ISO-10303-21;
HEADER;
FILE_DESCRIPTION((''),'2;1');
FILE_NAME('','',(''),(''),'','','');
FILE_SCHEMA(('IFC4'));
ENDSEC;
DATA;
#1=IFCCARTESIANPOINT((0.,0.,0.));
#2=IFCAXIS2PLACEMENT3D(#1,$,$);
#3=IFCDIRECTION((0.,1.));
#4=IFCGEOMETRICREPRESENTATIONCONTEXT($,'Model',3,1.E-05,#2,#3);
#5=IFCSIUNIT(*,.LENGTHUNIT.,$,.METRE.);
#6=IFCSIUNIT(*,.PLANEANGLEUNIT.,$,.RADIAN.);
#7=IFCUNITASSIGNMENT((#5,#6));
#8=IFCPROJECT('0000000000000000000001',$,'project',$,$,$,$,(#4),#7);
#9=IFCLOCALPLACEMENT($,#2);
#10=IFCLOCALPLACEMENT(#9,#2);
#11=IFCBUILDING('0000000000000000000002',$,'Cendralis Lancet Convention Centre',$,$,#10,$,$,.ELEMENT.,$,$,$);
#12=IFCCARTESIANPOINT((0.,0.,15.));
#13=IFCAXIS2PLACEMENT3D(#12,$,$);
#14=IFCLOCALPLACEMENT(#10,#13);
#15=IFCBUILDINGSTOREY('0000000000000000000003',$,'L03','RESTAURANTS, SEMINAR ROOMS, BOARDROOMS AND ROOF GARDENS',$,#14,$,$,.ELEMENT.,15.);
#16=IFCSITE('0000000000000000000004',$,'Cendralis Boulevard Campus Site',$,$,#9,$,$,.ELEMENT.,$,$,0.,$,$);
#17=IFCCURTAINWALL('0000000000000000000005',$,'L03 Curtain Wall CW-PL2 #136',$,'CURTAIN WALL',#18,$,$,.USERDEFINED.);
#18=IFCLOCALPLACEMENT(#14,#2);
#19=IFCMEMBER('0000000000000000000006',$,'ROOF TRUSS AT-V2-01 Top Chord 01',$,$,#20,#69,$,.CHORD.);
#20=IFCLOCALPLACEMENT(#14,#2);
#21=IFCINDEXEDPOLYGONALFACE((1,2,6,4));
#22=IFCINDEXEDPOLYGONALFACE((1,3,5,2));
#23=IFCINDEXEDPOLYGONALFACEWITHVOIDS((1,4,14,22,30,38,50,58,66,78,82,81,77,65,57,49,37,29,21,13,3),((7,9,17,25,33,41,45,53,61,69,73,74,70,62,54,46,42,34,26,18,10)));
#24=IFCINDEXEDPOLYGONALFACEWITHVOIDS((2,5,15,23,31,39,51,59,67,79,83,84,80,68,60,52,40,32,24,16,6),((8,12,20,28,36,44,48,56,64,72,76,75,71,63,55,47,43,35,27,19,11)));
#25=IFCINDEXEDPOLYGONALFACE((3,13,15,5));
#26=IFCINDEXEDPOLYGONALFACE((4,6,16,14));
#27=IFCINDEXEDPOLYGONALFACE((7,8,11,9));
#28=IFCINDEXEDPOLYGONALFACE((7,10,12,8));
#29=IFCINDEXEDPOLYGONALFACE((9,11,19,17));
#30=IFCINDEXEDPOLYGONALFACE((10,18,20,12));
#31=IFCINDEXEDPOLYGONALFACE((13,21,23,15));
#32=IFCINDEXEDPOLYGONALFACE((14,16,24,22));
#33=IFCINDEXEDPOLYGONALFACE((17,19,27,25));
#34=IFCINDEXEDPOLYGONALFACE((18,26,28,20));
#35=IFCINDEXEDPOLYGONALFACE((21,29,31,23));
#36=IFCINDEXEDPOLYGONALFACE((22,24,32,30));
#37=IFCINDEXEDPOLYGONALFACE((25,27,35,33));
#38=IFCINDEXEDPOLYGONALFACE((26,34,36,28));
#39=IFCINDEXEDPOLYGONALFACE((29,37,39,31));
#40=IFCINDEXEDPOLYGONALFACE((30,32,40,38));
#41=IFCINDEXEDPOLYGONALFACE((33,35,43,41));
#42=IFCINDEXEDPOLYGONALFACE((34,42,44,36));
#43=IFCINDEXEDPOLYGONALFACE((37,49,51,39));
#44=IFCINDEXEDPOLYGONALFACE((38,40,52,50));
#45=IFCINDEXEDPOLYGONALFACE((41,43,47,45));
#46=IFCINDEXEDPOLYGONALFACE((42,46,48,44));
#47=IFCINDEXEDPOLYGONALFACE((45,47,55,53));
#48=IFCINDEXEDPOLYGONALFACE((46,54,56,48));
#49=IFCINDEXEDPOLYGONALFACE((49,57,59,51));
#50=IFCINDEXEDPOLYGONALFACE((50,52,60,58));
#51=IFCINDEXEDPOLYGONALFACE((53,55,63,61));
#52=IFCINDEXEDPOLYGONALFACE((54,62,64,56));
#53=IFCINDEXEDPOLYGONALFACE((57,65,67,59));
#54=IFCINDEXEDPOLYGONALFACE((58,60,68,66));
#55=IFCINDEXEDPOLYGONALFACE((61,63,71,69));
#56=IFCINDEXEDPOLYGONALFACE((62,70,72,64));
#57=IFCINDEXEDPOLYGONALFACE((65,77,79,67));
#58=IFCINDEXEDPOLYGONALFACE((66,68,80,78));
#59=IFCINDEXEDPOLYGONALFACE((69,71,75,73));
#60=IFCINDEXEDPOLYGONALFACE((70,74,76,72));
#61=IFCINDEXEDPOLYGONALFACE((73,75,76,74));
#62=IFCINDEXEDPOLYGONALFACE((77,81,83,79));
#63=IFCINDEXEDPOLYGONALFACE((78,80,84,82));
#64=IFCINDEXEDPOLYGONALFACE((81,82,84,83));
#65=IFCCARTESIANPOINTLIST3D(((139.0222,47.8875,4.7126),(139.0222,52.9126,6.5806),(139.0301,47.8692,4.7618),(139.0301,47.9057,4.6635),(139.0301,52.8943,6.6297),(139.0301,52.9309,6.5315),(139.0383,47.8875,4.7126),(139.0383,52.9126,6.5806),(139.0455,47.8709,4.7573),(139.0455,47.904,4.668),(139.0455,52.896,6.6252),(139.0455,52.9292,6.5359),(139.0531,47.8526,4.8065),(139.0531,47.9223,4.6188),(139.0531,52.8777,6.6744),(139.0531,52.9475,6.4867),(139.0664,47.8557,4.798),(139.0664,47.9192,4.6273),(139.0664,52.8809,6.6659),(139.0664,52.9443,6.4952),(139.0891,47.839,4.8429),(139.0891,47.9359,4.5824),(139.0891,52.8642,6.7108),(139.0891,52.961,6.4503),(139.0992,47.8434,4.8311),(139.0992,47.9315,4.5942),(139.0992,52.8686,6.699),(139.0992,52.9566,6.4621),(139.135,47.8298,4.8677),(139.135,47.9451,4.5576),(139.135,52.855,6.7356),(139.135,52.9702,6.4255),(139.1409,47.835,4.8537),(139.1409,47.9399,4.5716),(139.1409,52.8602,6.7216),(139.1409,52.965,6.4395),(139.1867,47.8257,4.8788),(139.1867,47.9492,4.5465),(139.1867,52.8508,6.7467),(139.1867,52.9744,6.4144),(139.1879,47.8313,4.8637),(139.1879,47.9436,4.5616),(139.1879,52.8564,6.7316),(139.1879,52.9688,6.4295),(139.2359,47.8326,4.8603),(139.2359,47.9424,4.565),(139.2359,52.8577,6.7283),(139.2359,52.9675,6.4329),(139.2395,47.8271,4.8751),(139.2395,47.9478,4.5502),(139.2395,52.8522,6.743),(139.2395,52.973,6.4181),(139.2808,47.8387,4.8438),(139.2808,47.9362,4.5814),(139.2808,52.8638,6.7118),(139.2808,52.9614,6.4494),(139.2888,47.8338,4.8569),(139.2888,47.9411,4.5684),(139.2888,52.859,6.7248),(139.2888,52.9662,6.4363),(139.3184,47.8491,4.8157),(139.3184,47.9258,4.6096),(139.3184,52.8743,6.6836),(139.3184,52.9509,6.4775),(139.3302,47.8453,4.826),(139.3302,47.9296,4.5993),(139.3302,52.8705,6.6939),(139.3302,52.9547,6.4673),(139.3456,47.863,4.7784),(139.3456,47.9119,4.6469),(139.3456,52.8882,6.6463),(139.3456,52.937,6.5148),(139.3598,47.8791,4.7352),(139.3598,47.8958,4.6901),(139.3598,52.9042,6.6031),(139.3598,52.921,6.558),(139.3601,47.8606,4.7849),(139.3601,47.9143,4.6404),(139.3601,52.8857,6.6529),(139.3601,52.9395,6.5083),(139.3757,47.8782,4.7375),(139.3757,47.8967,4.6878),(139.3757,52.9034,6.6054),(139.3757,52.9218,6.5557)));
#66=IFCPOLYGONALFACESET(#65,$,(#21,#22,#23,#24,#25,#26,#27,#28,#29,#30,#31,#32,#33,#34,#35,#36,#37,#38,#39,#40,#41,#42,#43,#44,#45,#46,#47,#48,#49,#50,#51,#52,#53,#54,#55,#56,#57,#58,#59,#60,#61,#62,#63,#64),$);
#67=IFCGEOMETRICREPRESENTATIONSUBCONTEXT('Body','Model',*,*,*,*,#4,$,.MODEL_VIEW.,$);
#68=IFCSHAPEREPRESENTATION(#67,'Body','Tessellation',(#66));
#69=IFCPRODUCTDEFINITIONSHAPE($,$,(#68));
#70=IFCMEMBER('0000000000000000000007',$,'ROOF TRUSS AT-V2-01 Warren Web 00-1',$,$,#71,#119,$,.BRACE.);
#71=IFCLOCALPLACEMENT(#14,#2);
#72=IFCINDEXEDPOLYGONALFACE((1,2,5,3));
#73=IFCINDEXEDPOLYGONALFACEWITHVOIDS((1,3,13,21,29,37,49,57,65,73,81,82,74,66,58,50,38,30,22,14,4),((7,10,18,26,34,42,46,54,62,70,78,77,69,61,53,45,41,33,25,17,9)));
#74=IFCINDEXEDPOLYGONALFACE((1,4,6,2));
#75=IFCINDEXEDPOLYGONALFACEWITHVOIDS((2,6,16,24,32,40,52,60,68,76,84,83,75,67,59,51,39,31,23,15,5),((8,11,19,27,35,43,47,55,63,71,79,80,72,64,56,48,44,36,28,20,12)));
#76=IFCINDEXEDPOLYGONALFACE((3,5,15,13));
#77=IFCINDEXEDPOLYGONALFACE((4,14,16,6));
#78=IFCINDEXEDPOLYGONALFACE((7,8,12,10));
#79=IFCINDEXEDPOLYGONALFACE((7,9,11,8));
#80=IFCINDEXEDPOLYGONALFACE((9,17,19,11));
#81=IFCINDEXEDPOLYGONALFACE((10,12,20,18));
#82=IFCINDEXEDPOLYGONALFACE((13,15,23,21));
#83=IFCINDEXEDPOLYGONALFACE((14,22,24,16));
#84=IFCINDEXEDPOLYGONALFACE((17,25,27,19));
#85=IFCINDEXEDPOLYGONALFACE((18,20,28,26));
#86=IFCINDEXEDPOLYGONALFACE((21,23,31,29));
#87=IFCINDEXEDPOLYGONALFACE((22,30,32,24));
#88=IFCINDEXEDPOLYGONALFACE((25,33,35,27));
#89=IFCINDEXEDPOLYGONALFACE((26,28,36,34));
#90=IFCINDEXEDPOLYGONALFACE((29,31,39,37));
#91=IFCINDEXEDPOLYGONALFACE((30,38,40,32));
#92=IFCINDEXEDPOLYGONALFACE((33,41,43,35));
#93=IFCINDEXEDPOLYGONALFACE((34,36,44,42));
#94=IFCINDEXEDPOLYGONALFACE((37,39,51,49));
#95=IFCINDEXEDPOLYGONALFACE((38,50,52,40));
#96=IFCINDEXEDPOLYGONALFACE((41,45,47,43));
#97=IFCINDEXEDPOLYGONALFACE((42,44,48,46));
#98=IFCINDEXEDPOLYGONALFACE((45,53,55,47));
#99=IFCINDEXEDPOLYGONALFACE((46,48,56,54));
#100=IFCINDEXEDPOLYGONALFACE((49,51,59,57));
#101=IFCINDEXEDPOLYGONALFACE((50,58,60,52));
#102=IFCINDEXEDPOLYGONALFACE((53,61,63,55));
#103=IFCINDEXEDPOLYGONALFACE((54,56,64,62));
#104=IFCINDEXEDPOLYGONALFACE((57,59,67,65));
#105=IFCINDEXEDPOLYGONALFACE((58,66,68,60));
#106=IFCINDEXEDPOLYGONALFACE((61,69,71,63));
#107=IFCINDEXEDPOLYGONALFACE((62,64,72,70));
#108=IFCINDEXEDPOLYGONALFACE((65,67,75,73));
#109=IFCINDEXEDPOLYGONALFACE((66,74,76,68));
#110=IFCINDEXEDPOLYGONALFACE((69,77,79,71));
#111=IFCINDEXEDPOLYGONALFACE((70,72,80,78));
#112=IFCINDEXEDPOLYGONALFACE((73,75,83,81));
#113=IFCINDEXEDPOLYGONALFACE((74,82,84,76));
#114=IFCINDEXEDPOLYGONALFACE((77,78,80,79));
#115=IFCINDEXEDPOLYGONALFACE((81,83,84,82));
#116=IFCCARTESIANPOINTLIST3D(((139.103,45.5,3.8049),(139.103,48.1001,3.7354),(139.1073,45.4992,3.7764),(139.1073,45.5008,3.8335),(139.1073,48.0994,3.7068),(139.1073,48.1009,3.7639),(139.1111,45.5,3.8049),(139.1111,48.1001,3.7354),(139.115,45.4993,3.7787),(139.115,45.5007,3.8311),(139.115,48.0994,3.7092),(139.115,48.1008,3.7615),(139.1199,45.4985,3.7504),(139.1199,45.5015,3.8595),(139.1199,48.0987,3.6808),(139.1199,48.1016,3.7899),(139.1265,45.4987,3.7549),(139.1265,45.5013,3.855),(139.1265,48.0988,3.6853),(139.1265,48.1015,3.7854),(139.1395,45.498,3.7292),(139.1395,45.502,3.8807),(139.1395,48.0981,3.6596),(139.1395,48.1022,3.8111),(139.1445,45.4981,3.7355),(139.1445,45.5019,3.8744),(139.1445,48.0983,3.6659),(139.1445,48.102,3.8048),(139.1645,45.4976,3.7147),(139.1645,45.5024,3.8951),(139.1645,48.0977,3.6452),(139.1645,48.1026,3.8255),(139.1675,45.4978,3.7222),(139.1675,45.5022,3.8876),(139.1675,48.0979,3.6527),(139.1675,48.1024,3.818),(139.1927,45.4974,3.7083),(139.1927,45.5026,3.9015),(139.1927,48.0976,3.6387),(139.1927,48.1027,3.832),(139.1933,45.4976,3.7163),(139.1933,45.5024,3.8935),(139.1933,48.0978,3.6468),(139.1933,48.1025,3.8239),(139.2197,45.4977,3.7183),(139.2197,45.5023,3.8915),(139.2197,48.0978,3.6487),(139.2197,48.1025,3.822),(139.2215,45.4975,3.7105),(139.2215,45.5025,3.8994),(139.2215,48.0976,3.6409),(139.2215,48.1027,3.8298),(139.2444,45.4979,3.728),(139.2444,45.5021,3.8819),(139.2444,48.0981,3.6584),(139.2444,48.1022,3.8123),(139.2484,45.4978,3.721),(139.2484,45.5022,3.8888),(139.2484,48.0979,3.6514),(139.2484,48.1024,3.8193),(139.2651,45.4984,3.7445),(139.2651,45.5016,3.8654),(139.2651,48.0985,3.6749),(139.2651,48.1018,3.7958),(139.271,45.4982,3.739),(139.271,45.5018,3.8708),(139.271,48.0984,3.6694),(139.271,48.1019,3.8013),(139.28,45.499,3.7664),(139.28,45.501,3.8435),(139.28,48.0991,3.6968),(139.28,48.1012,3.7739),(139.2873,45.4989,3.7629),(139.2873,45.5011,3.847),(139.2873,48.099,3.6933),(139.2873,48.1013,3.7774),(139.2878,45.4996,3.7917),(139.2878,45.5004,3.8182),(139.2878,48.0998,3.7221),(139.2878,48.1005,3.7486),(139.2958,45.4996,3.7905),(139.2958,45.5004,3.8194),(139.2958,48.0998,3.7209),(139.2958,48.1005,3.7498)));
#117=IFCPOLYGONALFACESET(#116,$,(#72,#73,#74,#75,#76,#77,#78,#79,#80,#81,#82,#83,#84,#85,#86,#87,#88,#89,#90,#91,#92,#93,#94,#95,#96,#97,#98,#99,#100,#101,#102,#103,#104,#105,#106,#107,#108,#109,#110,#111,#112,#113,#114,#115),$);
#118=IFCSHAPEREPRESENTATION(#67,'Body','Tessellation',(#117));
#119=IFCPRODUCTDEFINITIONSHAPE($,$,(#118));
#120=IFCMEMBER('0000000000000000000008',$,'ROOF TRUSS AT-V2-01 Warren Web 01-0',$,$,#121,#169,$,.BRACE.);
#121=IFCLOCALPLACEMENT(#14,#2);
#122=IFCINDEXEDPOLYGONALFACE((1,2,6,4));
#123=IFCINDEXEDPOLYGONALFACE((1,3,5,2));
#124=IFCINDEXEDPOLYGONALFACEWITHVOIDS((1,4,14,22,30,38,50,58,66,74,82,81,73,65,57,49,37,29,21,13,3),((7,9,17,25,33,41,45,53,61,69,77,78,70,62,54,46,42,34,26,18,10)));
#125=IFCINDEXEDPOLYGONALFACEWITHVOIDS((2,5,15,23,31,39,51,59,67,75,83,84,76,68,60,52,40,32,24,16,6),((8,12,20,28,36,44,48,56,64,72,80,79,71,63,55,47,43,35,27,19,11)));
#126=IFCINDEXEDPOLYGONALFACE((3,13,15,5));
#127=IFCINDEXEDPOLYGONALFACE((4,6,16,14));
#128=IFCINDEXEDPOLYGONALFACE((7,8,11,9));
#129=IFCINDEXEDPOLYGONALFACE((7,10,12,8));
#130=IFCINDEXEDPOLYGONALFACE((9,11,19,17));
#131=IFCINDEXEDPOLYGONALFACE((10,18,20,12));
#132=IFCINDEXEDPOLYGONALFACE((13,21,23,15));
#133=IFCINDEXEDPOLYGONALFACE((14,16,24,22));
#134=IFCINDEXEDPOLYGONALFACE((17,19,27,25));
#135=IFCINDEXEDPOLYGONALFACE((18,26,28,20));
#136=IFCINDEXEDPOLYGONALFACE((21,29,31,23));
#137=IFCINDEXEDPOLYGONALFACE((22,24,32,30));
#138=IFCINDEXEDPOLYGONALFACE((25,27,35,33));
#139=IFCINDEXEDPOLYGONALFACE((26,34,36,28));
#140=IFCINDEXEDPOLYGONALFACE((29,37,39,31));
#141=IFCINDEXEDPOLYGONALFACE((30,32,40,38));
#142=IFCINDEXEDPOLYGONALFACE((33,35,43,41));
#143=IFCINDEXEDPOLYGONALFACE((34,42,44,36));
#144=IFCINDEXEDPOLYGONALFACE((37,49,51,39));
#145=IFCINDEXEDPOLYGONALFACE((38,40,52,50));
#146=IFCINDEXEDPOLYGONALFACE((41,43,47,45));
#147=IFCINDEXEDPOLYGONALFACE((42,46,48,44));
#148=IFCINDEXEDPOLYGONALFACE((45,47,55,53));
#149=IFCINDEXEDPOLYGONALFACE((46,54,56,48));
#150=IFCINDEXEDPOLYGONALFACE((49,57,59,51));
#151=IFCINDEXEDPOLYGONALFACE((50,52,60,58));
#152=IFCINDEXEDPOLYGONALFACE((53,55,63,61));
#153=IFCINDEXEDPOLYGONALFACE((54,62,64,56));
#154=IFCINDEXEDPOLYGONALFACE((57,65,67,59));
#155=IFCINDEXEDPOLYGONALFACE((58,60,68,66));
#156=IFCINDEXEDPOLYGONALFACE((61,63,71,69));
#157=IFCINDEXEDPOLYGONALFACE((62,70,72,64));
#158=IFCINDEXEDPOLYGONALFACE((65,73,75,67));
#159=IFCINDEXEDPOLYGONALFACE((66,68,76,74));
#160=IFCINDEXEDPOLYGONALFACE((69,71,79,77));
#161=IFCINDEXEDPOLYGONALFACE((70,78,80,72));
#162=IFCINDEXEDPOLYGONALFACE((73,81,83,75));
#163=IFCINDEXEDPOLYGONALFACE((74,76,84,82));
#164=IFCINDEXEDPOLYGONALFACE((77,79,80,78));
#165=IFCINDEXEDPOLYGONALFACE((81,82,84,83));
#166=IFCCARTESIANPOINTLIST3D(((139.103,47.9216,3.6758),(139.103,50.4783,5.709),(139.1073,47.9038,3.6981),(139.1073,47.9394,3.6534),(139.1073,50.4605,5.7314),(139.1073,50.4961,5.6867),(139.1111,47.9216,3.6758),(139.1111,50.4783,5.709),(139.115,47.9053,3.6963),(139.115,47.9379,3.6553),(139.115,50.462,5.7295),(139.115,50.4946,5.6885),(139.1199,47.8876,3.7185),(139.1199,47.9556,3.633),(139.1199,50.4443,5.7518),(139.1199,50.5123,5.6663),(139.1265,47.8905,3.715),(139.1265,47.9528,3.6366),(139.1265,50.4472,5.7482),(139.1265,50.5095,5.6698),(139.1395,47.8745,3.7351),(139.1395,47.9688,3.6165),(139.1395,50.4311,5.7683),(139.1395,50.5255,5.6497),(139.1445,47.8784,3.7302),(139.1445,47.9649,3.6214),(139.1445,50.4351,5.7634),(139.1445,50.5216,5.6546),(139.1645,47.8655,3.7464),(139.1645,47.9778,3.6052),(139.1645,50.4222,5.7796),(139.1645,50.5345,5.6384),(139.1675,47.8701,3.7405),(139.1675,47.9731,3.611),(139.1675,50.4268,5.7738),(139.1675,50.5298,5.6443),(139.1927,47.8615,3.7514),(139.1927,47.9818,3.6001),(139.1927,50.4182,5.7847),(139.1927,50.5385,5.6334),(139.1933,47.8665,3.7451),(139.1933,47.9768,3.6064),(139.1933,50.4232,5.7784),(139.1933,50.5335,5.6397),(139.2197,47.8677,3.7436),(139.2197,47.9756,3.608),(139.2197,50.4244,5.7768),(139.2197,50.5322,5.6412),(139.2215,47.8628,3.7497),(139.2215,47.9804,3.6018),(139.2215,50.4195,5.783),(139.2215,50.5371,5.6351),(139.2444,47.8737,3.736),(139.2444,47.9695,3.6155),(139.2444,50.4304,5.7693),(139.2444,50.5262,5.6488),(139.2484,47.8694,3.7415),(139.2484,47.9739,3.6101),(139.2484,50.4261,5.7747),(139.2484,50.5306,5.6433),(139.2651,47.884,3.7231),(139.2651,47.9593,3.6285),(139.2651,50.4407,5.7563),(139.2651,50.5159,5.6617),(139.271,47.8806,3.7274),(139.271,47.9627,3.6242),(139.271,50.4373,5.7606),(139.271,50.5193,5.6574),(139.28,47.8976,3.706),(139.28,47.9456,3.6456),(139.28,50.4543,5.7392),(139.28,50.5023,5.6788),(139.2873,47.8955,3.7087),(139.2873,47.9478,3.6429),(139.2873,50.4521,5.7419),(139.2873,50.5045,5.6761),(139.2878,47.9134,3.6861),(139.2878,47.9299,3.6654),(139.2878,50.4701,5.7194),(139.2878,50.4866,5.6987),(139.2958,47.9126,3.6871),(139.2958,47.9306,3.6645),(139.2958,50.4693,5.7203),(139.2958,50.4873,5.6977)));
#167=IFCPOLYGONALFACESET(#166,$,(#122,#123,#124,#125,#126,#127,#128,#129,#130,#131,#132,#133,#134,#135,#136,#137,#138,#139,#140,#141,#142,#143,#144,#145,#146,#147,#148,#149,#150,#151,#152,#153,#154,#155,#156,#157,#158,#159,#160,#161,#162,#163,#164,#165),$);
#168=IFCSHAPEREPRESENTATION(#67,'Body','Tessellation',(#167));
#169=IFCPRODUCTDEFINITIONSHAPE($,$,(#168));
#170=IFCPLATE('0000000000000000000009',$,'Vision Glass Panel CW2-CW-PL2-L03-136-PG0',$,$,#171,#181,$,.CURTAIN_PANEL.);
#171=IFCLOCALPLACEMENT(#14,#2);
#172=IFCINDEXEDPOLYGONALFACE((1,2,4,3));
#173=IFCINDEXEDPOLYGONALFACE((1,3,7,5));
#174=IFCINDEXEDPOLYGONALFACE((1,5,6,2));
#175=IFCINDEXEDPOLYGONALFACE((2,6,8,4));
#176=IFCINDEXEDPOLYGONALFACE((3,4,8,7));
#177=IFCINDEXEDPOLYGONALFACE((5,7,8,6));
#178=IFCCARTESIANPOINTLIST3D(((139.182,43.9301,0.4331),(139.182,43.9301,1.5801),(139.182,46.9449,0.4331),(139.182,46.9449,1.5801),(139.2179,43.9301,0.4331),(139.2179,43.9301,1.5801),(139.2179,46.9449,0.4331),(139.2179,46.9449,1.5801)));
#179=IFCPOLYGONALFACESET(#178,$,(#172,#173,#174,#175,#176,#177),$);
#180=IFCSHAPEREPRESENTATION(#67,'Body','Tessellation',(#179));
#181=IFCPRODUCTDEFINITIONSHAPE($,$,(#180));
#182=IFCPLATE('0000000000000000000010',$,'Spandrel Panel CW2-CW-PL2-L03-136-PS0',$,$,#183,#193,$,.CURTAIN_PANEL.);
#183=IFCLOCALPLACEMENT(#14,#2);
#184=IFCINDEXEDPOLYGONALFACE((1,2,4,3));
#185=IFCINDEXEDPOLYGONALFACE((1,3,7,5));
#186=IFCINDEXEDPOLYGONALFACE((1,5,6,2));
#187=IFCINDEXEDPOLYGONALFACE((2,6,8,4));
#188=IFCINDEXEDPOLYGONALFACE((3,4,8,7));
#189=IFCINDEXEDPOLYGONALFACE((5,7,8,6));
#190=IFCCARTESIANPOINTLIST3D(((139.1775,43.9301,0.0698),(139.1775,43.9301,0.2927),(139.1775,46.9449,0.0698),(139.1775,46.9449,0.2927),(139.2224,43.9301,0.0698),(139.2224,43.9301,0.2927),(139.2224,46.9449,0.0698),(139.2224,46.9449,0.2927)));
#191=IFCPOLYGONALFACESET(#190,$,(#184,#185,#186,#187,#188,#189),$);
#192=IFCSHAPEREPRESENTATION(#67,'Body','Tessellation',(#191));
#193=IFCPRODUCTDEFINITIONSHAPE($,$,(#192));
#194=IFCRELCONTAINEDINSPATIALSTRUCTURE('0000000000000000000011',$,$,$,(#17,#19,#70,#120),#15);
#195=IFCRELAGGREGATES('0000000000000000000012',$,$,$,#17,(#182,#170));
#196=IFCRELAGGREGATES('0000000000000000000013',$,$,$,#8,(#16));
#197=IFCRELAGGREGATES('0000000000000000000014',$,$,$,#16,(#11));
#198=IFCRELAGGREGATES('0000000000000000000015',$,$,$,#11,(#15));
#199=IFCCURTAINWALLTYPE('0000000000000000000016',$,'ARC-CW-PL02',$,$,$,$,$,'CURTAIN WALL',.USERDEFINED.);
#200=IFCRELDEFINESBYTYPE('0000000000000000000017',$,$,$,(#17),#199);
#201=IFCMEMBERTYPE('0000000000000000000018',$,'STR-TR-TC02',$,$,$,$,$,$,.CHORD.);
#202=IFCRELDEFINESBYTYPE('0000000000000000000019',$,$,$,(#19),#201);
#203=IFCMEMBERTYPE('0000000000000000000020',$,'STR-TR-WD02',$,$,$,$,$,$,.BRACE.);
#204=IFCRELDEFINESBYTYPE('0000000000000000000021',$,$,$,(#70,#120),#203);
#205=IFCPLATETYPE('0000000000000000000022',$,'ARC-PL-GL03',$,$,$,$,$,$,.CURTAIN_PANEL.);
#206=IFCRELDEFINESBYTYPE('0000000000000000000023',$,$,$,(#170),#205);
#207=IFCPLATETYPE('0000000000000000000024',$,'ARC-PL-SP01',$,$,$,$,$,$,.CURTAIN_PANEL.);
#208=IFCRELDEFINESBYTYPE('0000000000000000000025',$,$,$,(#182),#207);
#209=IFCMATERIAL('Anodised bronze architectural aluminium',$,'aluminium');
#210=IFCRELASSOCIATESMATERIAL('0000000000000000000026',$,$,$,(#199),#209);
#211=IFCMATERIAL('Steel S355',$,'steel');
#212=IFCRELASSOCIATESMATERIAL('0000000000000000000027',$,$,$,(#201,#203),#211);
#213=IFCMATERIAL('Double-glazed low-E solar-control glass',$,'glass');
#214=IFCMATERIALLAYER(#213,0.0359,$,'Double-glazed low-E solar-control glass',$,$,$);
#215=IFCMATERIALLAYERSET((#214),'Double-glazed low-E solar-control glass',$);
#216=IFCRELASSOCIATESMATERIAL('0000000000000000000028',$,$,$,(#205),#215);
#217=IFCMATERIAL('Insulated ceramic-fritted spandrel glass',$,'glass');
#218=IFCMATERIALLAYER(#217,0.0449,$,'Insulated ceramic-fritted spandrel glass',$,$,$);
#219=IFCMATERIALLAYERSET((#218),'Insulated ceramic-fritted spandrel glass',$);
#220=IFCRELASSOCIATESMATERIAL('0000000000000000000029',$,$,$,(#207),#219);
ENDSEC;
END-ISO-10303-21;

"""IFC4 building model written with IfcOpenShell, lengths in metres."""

from ifc_helpers import new_model, si_unit, direction, frame, origin, origin_2d, place, context, subcontext, project, spatial, rectangle, hollow_circle, extrude, material, layer, layer_set, material_profile, profile_set, type_object, element, aggregate, save


model = new_model("IFC4")

# Units and contexts
model_context = context("Model", 3, precision=1e-05, world=origin(), true_north=direction((0.0, 1.0)))
body_context = subcontext(model_context, "Body", "Model", "MODEL_VIEW")
ifc_project = project(units=[si_unit("LENGTHUNIT", "METRE"), si_unit("PLANEANGLEUNIT", "RADIAN")], contexts=[model_context])

# Site, building, storey
site_placement = place(None, origin())
site = spatial("IfcSite", under=ifc_project, at=site_placement, Name="Cendralis Boulevard Campus Site", CompositionType="ELEMENT", RefElevation=0.0)
building_placement = place(site_placement, origin())
building = spatial("IfcBuilding", under=site, at=building_placement, Name="Cendralis Lancet Convention Centre", CompositionType="ELEMENT")
storey_placement = place(building_placement, frame((0.0, 0.0, 15.0)))
storey = spatial("IfcBuildingStorey", under=building, at=storey_placement, Name="L03", Description="RESTAURANTS, SEMINAR ROOMS, BOARDROOMS AND ROOF GARDENS", CompositionType="ELEMENT", Elevation=15.0)

# Curtain wall
ifc_material_1 = material(Name="Anodised bronze architectural aluminium", Category="aluminium")
curtain_wall_type = type_object("IfcCurtainWallType", Name="ARC-CW-PL02", ElementType="CURTAIN WALL", PredefinedType="USERDEFINED", material=ifc_material_1)
curtain_wall_placement = place(storey_placement, origin())
curtain_wall = element("IfcCurtainWall", 1, at=curtain_wall_placement, inside=storey, type_object=curtain_wall_type, Name="L03 Curtain Wall CW-PL2 #136", ObjectType="CURTAIN WALL", PredefinedType="USERDEFINED")

# Shared definitions
ifc_material_2 = material(Name="Steel S355", Category="steel")

# Members
ifc_material_profile_1 = material_profile(ifc_material_2, hollow_circle(Radius=0.1777, WallThickness=0.0161, at=origin_2d()), Name="CHS 355.6x16.0")
ifc_profile_set_1 = profile_set([ifc_material_profile_1], Name="Steel S355")
member_type_1 = type_object("IfcMemberType", Name="STR-TR-TC02", PredefinedType="CHORD", material=ifc_profile_set_1)
member_1_placement = place(storey_placement, frame((139.2, 47.8875, 4.7126), z_axis=(0.0, 0.937338, 0.348422), x_axis=(-1.0, 0.0, 0.0)))
element("IfcMember", 2, at=member_1_placement, inside=storey, type_object=member_type_1, Name="ROOF TRUSS AT-V2-01 Top Chord 01", PredefinedType="CHORD", context=body_context, shape_type="SweptSolid", body=[
    extrude(hollow_circle(Radius=0.1777, WallThickness=0.0161, at=origin_2d()), origin(), (0.0, 0.0, 1.0), 5.3611),
])
ifc_material_profile_2 = material_profile(ifc_material_2, hollow_circle(Radius=0.0969, WallThickness=0.0081, at=origin_2d()), Name="CHS 193.7x8.0")
ifc_profile_set_2 = profile_set([ifc_material_profile_2], Name="Steel S355")
member_type_2 = type_object("IfcMemberType", Name="STR-TR-WD02", PredefinedType="BRACE", material=ifc_profile_set_2)
member_2_placement = place(storey_placement, frame((139.2, 45.5, 3.8049), z_axis=(0.0, 0.999642, -0.026751), x_axis=(-1.0, 0.0, 0.0)))
element("IfcMember", 3, at=member_2_placement, inside=storey, type_object=member_type_2, Name="ROOF TRUSS AT-V2-01 Warren Web 00-1", PredefinedType="BRACE", context=body_context, shape_type="SweptSolid", body=[
    extrude(hollow_circle(Radius=0.0969, WallThickness=0.0081, at=origin_2d()), origin(), (0.0, 0.0, 1.0), 2.6011),
])
member_3_placement = place(storey_placement, frame((139.2, 47.9216, 3.6758), z_axis=(0.0, 0.782674, 0.622432), x_axis=(-1.0, 0.0, 0.0)))
element("IfcMember", 4, at=member_3_placement, inside=storey, type_object=member_type_2, Name="ROOF TRUSS AT-V2-01 Warren Web 01-0", PredefinedType="BRACE", context=body_context, shape_type="SweptSolid", body=[
    extrude(hollow_circle(Radius=0.0969, WallThickness=0.0081, at=origin_2d()), origin(), (0.0, 0.0, 1.0), 3.2666),
])

# Plates
ifc_material_3 = material(Name="Double-glazed low-E solar-control glass", Category="glass")
ifc_layer_1 = layer(ifc_material_3, 0.0359, Name="Double-glazed low-E solar-control glass")
ifc_layer_set_1 = layer_set([ifc_layer_1], Name="Double-glazed low-E solar-control glass")
plate_type_1 = type_object("IfcPlateType", Name="ARC-PL-GL03", PredefinedType="CURTAIN_PANEL", material=ifc_layer_set_1)
plate_1_placement = place(storey_placement, frame((139.2, 45.4375, 0.4331), z_axis=(0.0, 0.0, 1.0), x_axis=(0.0, 1.0, 0.0)))
plate_1 = element("IfcPlate", 5, at=plate_1_placement, type_object=plate_type_1, Name="Vision Glass Panel CW2-CW-PL2-L03-136-PG0", PredefinedType="CURTAIN_PANEL", context=body_context, shape_type="SweptSolid", body=[
    extrude(rectangle(XDim=3.0149, YDim=0.0359, at=origin_2d()), origin(), (0.0, 0.0, 1.0), 1.147),
])
ifc_material_4 = material(Name="Insulated ceramic-fritted spandrel glass", Category="glass")
ifc_layer_2 = layer(ifc_material_4, 0.0449, Name="Insulated ceramic-fritted spandrel glass")
ifc_layer_set_2 = layer_set([ifc_layer_2], Name="Insulated ceramic-fritted spandrel glass")
plate_type_2 = type_object("IfcPlateType", Name="ARC-PL-SP01", PredefinedType="CURTAIN_PANEL", material=ifc_layer_set_2)
plate_2_placement = place(storey_placement, frame((139.2, 45.4375, 0.0698), z_axis=(0.0, 0.0, 1.0), x_axis=(0.0, 1.0, 0.0)))
plate_2 = element("IfcPlate", 6, at=plate_2_placement, type_object=plate_type_2, Name="Spandrel Panel CW2-CW-PL2-L03-136-PS0", PredefinedType="CURTAIN_PANEL", context=body_context, shape_type="SweptSolid", body=[
    extrude(rectangle(XDim=3.0149, YDim=0.0449, at=origin_2d()), origin(), (0.0, 0.0, 1.0), 0.2229),
])
aggregate(curtain_wall, [plate_2, plate_1])

save(model, "model.ifc")
